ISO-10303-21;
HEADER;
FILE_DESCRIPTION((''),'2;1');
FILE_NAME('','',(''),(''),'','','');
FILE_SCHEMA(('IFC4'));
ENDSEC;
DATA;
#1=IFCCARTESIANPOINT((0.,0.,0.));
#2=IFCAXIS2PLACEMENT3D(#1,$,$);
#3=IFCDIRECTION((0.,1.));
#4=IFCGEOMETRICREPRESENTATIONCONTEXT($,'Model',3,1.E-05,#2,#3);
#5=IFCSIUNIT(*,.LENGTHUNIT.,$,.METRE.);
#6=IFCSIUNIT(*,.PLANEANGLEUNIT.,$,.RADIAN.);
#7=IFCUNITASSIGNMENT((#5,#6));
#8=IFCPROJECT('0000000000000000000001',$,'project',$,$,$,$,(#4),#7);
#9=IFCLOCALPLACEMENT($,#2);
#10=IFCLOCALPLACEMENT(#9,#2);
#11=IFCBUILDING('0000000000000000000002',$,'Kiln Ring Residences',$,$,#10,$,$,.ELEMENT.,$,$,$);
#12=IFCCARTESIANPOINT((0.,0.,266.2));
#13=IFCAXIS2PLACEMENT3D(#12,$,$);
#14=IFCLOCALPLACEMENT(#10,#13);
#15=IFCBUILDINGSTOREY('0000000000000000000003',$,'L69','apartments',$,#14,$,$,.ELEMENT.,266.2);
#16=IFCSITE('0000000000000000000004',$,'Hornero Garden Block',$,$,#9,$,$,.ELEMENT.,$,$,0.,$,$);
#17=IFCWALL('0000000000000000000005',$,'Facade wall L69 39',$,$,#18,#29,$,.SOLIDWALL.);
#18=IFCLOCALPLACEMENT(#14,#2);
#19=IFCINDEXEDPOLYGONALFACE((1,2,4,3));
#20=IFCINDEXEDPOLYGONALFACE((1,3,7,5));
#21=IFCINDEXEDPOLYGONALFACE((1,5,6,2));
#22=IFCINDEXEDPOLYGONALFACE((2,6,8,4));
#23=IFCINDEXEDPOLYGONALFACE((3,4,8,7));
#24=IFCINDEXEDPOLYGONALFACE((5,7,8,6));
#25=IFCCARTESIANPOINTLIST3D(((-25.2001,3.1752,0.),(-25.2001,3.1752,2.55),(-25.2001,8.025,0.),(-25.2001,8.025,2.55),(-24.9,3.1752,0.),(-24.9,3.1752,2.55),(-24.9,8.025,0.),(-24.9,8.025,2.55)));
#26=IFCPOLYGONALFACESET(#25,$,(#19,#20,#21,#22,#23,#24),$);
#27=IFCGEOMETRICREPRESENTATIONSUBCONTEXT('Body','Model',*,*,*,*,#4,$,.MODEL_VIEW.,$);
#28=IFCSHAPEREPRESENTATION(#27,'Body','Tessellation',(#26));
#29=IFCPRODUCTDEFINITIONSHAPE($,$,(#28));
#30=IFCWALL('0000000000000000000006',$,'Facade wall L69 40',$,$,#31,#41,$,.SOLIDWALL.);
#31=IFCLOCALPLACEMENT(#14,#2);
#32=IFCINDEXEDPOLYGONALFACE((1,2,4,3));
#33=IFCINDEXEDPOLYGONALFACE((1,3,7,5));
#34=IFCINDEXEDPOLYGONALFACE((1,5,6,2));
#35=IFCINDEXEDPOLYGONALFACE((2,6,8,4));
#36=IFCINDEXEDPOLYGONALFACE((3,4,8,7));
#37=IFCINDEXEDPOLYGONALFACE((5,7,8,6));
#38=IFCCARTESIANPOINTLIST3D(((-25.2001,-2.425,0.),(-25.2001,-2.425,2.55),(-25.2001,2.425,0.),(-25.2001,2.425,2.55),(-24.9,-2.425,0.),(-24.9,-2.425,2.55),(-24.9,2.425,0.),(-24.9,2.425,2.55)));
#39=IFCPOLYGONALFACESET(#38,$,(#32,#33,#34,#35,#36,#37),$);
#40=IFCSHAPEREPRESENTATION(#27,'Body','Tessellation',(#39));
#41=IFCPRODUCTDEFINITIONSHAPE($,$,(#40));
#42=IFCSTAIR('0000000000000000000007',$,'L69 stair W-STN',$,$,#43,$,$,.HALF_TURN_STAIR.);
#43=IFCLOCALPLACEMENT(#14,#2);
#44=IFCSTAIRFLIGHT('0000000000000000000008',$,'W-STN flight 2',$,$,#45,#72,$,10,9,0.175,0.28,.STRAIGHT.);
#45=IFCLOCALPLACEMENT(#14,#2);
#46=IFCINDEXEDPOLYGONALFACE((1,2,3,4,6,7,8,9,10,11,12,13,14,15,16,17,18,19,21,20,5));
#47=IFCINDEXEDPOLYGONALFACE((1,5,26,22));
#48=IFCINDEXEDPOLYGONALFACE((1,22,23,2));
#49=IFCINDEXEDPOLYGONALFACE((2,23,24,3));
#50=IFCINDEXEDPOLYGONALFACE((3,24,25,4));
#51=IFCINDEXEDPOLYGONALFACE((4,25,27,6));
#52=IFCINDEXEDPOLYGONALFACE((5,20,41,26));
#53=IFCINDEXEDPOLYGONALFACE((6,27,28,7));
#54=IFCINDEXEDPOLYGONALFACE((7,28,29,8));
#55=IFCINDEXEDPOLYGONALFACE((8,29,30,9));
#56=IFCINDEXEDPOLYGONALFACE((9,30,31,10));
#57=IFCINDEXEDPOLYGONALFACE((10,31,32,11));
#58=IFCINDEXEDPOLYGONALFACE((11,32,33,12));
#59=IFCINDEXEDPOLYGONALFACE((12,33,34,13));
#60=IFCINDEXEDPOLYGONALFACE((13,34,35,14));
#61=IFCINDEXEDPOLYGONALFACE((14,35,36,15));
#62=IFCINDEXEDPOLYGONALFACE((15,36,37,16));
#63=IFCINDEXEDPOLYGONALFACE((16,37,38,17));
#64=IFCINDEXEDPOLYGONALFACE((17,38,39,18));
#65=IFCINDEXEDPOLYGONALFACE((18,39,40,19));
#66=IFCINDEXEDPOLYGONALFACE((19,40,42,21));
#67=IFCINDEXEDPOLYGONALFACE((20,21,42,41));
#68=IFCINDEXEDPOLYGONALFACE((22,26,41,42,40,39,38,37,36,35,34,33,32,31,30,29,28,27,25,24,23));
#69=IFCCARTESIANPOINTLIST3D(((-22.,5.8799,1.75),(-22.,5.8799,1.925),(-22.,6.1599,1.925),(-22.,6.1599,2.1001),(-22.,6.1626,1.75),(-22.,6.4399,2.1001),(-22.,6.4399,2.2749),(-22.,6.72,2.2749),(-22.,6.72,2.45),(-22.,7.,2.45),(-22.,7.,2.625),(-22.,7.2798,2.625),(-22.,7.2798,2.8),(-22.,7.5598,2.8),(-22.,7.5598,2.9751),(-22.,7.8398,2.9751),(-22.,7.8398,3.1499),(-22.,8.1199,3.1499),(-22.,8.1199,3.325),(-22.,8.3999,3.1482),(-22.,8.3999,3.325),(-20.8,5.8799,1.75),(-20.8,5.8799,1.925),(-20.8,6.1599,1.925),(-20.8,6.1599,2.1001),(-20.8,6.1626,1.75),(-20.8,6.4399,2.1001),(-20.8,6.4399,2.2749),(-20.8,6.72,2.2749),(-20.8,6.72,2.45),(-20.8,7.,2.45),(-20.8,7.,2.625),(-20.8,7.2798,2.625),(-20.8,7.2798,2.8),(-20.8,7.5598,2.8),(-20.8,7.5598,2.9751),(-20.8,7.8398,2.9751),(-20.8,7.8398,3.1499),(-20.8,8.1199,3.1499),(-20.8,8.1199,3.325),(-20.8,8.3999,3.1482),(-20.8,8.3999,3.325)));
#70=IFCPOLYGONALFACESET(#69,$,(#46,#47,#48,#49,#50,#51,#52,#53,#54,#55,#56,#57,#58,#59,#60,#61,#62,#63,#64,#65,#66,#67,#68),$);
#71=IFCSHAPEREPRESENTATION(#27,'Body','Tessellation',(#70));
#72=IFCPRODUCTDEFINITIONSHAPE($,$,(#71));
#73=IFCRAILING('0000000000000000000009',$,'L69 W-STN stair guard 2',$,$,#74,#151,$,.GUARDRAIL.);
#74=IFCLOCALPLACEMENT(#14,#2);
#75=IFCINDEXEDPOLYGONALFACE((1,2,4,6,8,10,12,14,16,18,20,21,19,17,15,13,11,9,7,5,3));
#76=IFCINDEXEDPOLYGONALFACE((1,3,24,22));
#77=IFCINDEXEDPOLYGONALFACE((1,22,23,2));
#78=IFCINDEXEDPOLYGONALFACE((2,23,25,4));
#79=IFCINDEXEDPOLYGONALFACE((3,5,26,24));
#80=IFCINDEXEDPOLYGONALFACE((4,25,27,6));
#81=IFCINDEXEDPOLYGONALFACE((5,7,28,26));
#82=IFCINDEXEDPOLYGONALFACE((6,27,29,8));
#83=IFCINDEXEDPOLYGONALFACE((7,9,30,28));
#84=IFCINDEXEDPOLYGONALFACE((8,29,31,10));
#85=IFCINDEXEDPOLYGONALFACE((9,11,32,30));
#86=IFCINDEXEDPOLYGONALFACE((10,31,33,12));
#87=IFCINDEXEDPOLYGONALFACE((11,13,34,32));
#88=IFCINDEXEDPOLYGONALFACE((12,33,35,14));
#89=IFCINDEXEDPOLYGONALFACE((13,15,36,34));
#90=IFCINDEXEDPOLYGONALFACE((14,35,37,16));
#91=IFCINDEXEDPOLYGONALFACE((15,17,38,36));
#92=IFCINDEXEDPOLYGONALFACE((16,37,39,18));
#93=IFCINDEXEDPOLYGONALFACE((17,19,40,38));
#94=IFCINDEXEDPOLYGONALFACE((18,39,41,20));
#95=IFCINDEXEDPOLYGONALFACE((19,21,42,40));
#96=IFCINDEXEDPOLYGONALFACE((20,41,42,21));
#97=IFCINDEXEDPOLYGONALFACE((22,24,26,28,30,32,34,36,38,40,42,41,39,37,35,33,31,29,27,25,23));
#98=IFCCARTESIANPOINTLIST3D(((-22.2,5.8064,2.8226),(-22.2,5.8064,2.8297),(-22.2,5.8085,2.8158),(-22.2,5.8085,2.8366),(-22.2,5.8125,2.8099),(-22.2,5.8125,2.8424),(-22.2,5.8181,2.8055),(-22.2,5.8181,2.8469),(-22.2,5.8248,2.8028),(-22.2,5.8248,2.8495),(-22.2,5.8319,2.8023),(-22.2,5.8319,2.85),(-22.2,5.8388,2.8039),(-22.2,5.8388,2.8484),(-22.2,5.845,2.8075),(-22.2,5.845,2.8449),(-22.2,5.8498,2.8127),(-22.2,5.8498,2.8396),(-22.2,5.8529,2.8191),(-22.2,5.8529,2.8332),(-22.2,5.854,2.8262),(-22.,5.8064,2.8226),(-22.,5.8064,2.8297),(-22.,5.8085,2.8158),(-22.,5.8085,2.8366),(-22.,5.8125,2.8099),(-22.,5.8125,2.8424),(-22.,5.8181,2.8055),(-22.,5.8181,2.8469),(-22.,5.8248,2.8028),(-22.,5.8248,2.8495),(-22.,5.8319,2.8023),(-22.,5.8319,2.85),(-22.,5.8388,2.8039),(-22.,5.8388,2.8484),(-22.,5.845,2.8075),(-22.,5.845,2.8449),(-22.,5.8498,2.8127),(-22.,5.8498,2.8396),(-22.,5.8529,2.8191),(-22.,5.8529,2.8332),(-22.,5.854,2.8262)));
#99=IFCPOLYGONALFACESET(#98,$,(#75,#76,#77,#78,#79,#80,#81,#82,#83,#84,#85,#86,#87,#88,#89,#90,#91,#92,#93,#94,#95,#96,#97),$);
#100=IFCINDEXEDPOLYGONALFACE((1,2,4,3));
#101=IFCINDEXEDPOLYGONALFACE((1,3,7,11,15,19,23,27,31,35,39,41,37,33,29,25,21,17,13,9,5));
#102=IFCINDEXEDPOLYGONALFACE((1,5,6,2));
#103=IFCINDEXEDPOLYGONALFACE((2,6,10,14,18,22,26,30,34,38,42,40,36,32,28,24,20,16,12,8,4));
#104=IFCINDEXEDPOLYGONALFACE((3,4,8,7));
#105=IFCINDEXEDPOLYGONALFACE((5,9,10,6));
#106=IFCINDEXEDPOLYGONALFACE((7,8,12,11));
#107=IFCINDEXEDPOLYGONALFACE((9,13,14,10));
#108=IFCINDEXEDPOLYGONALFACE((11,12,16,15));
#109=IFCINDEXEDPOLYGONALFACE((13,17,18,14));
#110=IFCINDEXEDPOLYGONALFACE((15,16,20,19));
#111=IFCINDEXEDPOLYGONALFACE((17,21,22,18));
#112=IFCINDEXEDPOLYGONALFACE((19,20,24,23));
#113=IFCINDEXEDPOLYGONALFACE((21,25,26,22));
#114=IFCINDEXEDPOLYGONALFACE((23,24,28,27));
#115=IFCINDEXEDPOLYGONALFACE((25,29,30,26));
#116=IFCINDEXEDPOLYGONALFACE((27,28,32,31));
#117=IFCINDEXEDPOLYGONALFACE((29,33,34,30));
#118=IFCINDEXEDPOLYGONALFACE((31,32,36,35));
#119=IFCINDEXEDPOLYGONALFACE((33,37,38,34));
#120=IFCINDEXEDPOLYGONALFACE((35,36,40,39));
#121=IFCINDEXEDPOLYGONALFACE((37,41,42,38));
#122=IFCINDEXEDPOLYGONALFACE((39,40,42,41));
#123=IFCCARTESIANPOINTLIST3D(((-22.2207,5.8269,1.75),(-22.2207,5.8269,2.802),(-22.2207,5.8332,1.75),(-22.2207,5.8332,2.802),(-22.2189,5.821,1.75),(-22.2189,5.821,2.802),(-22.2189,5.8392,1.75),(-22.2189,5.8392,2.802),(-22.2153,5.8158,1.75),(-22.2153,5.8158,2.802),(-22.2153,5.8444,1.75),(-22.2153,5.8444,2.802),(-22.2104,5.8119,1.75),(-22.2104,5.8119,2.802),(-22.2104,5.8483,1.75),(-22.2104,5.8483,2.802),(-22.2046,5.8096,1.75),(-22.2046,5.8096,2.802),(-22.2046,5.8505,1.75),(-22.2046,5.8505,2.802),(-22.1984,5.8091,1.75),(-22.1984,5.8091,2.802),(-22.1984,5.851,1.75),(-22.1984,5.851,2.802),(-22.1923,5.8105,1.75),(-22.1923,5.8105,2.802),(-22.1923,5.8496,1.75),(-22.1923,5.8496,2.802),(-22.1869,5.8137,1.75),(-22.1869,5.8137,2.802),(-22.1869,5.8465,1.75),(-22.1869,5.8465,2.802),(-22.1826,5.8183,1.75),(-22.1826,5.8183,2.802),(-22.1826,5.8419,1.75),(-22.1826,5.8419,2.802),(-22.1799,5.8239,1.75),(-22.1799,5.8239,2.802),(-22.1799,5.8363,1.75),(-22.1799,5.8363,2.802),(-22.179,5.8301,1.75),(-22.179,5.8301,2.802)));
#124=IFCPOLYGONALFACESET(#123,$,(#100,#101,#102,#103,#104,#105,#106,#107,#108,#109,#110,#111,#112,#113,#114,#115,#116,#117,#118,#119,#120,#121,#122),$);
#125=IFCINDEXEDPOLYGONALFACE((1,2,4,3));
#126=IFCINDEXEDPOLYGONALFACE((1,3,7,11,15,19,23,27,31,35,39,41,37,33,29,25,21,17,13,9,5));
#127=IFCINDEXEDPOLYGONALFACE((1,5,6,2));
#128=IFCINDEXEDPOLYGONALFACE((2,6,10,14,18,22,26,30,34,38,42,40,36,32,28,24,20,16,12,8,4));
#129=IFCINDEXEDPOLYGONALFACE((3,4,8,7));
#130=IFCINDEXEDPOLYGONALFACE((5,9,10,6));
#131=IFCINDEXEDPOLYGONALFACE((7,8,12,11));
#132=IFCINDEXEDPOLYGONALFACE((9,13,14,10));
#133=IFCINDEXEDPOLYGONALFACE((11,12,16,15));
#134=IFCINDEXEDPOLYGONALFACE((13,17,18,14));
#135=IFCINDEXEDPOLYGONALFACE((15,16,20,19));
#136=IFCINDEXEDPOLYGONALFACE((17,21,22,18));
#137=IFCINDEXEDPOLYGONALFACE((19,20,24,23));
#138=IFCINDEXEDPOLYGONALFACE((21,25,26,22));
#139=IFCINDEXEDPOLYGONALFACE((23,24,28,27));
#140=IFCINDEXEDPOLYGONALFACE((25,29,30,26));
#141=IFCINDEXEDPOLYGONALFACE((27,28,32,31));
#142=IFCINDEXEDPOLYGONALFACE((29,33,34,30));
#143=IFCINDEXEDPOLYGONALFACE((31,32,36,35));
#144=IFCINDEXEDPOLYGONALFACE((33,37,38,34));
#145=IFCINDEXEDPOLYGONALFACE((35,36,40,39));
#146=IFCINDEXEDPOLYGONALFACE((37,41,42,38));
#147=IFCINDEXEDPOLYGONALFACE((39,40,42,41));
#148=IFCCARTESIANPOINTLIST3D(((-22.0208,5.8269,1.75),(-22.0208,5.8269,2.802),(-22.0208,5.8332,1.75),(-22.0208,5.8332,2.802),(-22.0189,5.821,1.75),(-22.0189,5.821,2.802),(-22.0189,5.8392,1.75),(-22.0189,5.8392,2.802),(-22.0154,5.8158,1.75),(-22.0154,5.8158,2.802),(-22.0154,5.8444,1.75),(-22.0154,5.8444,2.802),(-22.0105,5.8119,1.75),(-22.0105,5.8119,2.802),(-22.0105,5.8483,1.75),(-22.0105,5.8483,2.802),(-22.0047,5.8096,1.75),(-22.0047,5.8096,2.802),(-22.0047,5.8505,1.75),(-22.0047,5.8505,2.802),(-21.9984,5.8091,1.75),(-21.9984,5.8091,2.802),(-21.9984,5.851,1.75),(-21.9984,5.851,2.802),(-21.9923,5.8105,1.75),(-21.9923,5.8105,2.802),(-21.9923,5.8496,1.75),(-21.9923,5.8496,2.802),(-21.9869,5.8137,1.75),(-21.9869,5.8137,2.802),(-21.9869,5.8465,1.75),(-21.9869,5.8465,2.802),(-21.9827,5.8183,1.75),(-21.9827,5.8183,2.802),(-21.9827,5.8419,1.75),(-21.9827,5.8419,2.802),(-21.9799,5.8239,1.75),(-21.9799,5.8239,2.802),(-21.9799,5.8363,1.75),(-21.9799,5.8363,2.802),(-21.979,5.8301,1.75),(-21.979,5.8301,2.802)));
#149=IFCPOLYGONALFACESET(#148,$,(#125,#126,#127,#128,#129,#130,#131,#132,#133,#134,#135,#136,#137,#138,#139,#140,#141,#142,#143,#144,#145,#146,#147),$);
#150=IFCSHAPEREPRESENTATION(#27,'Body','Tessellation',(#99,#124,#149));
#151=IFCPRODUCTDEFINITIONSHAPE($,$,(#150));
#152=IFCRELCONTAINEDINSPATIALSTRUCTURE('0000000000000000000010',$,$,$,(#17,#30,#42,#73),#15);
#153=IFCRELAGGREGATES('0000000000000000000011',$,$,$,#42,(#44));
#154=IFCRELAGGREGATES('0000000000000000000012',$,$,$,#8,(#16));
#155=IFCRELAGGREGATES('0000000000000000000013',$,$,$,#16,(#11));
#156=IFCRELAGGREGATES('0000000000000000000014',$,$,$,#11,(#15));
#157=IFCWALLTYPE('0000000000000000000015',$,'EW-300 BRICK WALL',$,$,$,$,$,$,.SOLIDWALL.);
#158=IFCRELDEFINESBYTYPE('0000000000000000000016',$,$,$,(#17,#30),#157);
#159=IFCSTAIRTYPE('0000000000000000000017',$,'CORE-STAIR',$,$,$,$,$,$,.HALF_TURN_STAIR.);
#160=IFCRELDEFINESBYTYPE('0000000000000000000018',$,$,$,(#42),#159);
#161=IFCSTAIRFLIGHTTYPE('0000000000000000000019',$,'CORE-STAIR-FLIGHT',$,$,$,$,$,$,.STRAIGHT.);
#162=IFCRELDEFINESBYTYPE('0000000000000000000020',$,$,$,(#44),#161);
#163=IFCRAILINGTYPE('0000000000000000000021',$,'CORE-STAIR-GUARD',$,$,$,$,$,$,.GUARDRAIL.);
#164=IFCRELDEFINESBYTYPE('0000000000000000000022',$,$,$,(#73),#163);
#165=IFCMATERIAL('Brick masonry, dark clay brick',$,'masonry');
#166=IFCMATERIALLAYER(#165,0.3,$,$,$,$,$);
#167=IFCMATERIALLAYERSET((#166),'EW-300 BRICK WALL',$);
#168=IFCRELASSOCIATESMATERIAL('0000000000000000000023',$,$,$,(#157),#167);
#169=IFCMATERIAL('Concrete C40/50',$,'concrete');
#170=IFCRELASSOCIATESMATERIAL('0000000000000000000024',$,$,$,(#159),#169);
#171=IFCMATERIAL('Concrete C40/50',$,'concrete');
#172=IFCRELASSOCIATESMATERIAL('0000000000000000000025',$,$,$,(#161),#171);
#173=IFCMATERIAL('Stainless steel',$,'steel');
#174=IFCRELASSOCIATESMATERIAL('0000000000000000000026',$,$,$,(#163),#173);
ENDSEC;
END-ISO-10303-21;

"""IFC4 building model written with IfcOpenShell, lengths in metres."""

from ifc_helpers import new_model, si_unit, direction, frame, frame_2d, origin, origin_2d, place, context, subcontext, project, spatial, polyline, rectangle, circle, outline, extrude, material, layer, layer_set, type_object, element, aggregate, save


model = new_model("IFC4")

# Units and contexts
model_context = context("Model", 3, precision=1e-05, world=origin(), true_north=direction((0.0, 1.0)))
body_context = subcontext(model_context, "Body", "Model", "MODEL_VIEW")
ifc_project = project(units=[si_unit("LENGTHUNIT", "METRE"), si_unit("PLANEANGLEUNIT", "RADIAN")], contexts=[model_context])

# Site, building, storey
site_placement = place(None, origin())
site = spatial("IfcSite", under=ifc_project, at=site_placement, Name="Hornero Garden Block", CompositionType="ELEMENT", RefElevation=0.0)
building_placement = place(site_placement, origin())
building = spatial("IfcBuilding", under=site, at=building_placement, Name="Kiln Ring Residences", CompositionType="ELEMENT")
storey_placement = place(building_placement, frame((0.0, 0.0, 266.2)))
storey = spatial("IfcBuildingStorey", under=building, at=storey_placement, Name="L69", Description="apartments", CompositionType="ELEMENT", Elevation=266.2)

# Walls
ifc_material_1 = material(Name="Brick masonry, dark clay brick", Category="masonry")
ifc_layer_1 = layer(ifc_material_1, 0.3)
ifc_layer_set_1 = layer_set([ifc_layer_1], Name="EW-300 BRICK WALL")
wall_type_1 = type_object("IfcWallType", Name="EW-300 BRICK WALL", PredefinedType="SOLIDWALL", material=ifc_layer_set_1)
wall_1_placement = place(storey_placement, frame((-25.05, 8.0249, 0.0), z_axis=(0.0, 0.0, 1.0), x_axis=(0.0, -1.0, 0.0)))
element("IfcWall", 1, at=wall_1_placement, inside=storey, type_object=wall_type_1, Name="Facade wall L69 39", PredefinedType="SOLIDWALL", context=body_context, shape_type="SweptSolid", body=[
    extrude(rectangle(XDim=4.8499, YDim=0.3, at=frame_2d((2.4248, 0.0))), origin(), (0.0, 0.0, 1.0), 2.55),
])
wall_2_placement = place(storey_placement, frame((-25.05, 2.425, 0.0), z_axis=(0.0, 0.0, 1.0), x_axis=(0.0, -1.0, 0.0)))
element("IfcWall", 2, at=wall_2_placement, inside=storey, type_object=wall_type_1, Name="Facade wall L69 40", PredefinedType="SOLIDWALL", context=body_context, shape_type="SweptSolid", body=[
    extrude(rectangle(XDim=4.8501, YDim=0.3, at=frame_2d((2.425, 0.0))), origin(), (0.0, 0.0, 1.0), 2.55),
])

# Stair, stair flight
ifc_material_2 = material(Name="Concrete C40/50", Category="concrete")
stair_type = type_object("IfcStairType", Name="CORE-STAIR", PredefinedType="HALF_TURN_STAIR", material=ifc_material_2)
stair_placement = place(storey_placement, origin())
stair = element("IfcStair", 3, at=stair_placement, inside=storey, type_object=stair_type, Name="L69 stair W-STN", PredefinedType="HALF_TURN_STAIR")
ifc_material_3 = material(Name="Concrete C40/50", Category="concrete")
stair_flight_type = type_object("IfcStairFlightType", Name="CORE-STAIR-FLIGHT", PredefinedType="STRAIGHT", material=ifc_material_3)
stair_flight_placement = place(storey_placement, frame((-21.3999, 5.8799, 1.75), z_axis=(0.0, 0.0, 1.0), x_axis=(0.0, 1.0, 0.0)))
stair_flight = element("IfcStairFlight", 4, at=stair_flight_placement, type_object=stair_flight_type, Name="W-STN flight 2", NumberOfRisers=10, NumberOfTreads=9, PredefinedType="STRAIGHT", RiserHeight=0.175, TreadLength=0.28, context=body_context, shape_type="SweptSolid", body=[
    extrude(outline(polyline([(0.0, 0.0), (0.0, 0.175), (0.28, 0.175), (0.28, 0.3501), (0.5601, 0.3501), (0.5601, 0.5249), (0.8401, 0.5249), (0.8401, 0.7), (1.1201, 0.7), (1.1201, 0.875), (1.3999, 0.875), (1.3999, 1.05), (1.6799, 1.05), (1.6799, 1.2251), (1.96, 1.2251), (1.96, 1.3999), (2.24, 1.3999), (2.24, 1.575), (2.52, 1.575), (2.52, 1.75), (2.52, 1.3982), (0.2827, 0.0), (0.0, 0.0)])), frame((0.0, 0.6001, 0.0), z_axis=(0.0, -1.0, 0.0), x_axis=(1.0, 0.0, 0.0)), (0.0, 0.0, 1.0), 1.2),
])
aggregate(stair, [stair_flight])

# Railing
ifc_material_4 = material(Name="Stainless steel", Category="steel")
railing_type_1 = type_object("IfcRailingType", Name="CORE-STAIR-GUARD", PredefinedType="GUARDRAIL", material=ifc_material_4)
railing_1_placement = place(storey_placement, frame((-22.2, 5.8301, 1.75)))
element("IfcRailing", 5, at=railing_1_placement, inside=storey, type_object=railing_type_1, Name="L69 W-STN stair guard 2", PredefinedType="GUARDRAIL", context=body_context, shape_type="SweptSolid", body=[
    extrude(circle(Radius=0.0239, at=origin_2d()), frame((0.0, 0.0, 1.0762), z_axis=(1.0, 0.0, 0.0), x_axis=(0.0, 1.0, 0.0)), (0.0, 0.0, 1.0), 0.2),
    extrude(circle(Radius=0.021, at=origin_2d()), origin(), (0.0, 0.0, 1.0), 1.052),
    extrude(circle(Radius=0.021, at=origin_2d()), frame((0.2, 0.0, 0.0)), (0.0, 0.0, 1.0), 1.052),
])

save(model, "model.ifc")
